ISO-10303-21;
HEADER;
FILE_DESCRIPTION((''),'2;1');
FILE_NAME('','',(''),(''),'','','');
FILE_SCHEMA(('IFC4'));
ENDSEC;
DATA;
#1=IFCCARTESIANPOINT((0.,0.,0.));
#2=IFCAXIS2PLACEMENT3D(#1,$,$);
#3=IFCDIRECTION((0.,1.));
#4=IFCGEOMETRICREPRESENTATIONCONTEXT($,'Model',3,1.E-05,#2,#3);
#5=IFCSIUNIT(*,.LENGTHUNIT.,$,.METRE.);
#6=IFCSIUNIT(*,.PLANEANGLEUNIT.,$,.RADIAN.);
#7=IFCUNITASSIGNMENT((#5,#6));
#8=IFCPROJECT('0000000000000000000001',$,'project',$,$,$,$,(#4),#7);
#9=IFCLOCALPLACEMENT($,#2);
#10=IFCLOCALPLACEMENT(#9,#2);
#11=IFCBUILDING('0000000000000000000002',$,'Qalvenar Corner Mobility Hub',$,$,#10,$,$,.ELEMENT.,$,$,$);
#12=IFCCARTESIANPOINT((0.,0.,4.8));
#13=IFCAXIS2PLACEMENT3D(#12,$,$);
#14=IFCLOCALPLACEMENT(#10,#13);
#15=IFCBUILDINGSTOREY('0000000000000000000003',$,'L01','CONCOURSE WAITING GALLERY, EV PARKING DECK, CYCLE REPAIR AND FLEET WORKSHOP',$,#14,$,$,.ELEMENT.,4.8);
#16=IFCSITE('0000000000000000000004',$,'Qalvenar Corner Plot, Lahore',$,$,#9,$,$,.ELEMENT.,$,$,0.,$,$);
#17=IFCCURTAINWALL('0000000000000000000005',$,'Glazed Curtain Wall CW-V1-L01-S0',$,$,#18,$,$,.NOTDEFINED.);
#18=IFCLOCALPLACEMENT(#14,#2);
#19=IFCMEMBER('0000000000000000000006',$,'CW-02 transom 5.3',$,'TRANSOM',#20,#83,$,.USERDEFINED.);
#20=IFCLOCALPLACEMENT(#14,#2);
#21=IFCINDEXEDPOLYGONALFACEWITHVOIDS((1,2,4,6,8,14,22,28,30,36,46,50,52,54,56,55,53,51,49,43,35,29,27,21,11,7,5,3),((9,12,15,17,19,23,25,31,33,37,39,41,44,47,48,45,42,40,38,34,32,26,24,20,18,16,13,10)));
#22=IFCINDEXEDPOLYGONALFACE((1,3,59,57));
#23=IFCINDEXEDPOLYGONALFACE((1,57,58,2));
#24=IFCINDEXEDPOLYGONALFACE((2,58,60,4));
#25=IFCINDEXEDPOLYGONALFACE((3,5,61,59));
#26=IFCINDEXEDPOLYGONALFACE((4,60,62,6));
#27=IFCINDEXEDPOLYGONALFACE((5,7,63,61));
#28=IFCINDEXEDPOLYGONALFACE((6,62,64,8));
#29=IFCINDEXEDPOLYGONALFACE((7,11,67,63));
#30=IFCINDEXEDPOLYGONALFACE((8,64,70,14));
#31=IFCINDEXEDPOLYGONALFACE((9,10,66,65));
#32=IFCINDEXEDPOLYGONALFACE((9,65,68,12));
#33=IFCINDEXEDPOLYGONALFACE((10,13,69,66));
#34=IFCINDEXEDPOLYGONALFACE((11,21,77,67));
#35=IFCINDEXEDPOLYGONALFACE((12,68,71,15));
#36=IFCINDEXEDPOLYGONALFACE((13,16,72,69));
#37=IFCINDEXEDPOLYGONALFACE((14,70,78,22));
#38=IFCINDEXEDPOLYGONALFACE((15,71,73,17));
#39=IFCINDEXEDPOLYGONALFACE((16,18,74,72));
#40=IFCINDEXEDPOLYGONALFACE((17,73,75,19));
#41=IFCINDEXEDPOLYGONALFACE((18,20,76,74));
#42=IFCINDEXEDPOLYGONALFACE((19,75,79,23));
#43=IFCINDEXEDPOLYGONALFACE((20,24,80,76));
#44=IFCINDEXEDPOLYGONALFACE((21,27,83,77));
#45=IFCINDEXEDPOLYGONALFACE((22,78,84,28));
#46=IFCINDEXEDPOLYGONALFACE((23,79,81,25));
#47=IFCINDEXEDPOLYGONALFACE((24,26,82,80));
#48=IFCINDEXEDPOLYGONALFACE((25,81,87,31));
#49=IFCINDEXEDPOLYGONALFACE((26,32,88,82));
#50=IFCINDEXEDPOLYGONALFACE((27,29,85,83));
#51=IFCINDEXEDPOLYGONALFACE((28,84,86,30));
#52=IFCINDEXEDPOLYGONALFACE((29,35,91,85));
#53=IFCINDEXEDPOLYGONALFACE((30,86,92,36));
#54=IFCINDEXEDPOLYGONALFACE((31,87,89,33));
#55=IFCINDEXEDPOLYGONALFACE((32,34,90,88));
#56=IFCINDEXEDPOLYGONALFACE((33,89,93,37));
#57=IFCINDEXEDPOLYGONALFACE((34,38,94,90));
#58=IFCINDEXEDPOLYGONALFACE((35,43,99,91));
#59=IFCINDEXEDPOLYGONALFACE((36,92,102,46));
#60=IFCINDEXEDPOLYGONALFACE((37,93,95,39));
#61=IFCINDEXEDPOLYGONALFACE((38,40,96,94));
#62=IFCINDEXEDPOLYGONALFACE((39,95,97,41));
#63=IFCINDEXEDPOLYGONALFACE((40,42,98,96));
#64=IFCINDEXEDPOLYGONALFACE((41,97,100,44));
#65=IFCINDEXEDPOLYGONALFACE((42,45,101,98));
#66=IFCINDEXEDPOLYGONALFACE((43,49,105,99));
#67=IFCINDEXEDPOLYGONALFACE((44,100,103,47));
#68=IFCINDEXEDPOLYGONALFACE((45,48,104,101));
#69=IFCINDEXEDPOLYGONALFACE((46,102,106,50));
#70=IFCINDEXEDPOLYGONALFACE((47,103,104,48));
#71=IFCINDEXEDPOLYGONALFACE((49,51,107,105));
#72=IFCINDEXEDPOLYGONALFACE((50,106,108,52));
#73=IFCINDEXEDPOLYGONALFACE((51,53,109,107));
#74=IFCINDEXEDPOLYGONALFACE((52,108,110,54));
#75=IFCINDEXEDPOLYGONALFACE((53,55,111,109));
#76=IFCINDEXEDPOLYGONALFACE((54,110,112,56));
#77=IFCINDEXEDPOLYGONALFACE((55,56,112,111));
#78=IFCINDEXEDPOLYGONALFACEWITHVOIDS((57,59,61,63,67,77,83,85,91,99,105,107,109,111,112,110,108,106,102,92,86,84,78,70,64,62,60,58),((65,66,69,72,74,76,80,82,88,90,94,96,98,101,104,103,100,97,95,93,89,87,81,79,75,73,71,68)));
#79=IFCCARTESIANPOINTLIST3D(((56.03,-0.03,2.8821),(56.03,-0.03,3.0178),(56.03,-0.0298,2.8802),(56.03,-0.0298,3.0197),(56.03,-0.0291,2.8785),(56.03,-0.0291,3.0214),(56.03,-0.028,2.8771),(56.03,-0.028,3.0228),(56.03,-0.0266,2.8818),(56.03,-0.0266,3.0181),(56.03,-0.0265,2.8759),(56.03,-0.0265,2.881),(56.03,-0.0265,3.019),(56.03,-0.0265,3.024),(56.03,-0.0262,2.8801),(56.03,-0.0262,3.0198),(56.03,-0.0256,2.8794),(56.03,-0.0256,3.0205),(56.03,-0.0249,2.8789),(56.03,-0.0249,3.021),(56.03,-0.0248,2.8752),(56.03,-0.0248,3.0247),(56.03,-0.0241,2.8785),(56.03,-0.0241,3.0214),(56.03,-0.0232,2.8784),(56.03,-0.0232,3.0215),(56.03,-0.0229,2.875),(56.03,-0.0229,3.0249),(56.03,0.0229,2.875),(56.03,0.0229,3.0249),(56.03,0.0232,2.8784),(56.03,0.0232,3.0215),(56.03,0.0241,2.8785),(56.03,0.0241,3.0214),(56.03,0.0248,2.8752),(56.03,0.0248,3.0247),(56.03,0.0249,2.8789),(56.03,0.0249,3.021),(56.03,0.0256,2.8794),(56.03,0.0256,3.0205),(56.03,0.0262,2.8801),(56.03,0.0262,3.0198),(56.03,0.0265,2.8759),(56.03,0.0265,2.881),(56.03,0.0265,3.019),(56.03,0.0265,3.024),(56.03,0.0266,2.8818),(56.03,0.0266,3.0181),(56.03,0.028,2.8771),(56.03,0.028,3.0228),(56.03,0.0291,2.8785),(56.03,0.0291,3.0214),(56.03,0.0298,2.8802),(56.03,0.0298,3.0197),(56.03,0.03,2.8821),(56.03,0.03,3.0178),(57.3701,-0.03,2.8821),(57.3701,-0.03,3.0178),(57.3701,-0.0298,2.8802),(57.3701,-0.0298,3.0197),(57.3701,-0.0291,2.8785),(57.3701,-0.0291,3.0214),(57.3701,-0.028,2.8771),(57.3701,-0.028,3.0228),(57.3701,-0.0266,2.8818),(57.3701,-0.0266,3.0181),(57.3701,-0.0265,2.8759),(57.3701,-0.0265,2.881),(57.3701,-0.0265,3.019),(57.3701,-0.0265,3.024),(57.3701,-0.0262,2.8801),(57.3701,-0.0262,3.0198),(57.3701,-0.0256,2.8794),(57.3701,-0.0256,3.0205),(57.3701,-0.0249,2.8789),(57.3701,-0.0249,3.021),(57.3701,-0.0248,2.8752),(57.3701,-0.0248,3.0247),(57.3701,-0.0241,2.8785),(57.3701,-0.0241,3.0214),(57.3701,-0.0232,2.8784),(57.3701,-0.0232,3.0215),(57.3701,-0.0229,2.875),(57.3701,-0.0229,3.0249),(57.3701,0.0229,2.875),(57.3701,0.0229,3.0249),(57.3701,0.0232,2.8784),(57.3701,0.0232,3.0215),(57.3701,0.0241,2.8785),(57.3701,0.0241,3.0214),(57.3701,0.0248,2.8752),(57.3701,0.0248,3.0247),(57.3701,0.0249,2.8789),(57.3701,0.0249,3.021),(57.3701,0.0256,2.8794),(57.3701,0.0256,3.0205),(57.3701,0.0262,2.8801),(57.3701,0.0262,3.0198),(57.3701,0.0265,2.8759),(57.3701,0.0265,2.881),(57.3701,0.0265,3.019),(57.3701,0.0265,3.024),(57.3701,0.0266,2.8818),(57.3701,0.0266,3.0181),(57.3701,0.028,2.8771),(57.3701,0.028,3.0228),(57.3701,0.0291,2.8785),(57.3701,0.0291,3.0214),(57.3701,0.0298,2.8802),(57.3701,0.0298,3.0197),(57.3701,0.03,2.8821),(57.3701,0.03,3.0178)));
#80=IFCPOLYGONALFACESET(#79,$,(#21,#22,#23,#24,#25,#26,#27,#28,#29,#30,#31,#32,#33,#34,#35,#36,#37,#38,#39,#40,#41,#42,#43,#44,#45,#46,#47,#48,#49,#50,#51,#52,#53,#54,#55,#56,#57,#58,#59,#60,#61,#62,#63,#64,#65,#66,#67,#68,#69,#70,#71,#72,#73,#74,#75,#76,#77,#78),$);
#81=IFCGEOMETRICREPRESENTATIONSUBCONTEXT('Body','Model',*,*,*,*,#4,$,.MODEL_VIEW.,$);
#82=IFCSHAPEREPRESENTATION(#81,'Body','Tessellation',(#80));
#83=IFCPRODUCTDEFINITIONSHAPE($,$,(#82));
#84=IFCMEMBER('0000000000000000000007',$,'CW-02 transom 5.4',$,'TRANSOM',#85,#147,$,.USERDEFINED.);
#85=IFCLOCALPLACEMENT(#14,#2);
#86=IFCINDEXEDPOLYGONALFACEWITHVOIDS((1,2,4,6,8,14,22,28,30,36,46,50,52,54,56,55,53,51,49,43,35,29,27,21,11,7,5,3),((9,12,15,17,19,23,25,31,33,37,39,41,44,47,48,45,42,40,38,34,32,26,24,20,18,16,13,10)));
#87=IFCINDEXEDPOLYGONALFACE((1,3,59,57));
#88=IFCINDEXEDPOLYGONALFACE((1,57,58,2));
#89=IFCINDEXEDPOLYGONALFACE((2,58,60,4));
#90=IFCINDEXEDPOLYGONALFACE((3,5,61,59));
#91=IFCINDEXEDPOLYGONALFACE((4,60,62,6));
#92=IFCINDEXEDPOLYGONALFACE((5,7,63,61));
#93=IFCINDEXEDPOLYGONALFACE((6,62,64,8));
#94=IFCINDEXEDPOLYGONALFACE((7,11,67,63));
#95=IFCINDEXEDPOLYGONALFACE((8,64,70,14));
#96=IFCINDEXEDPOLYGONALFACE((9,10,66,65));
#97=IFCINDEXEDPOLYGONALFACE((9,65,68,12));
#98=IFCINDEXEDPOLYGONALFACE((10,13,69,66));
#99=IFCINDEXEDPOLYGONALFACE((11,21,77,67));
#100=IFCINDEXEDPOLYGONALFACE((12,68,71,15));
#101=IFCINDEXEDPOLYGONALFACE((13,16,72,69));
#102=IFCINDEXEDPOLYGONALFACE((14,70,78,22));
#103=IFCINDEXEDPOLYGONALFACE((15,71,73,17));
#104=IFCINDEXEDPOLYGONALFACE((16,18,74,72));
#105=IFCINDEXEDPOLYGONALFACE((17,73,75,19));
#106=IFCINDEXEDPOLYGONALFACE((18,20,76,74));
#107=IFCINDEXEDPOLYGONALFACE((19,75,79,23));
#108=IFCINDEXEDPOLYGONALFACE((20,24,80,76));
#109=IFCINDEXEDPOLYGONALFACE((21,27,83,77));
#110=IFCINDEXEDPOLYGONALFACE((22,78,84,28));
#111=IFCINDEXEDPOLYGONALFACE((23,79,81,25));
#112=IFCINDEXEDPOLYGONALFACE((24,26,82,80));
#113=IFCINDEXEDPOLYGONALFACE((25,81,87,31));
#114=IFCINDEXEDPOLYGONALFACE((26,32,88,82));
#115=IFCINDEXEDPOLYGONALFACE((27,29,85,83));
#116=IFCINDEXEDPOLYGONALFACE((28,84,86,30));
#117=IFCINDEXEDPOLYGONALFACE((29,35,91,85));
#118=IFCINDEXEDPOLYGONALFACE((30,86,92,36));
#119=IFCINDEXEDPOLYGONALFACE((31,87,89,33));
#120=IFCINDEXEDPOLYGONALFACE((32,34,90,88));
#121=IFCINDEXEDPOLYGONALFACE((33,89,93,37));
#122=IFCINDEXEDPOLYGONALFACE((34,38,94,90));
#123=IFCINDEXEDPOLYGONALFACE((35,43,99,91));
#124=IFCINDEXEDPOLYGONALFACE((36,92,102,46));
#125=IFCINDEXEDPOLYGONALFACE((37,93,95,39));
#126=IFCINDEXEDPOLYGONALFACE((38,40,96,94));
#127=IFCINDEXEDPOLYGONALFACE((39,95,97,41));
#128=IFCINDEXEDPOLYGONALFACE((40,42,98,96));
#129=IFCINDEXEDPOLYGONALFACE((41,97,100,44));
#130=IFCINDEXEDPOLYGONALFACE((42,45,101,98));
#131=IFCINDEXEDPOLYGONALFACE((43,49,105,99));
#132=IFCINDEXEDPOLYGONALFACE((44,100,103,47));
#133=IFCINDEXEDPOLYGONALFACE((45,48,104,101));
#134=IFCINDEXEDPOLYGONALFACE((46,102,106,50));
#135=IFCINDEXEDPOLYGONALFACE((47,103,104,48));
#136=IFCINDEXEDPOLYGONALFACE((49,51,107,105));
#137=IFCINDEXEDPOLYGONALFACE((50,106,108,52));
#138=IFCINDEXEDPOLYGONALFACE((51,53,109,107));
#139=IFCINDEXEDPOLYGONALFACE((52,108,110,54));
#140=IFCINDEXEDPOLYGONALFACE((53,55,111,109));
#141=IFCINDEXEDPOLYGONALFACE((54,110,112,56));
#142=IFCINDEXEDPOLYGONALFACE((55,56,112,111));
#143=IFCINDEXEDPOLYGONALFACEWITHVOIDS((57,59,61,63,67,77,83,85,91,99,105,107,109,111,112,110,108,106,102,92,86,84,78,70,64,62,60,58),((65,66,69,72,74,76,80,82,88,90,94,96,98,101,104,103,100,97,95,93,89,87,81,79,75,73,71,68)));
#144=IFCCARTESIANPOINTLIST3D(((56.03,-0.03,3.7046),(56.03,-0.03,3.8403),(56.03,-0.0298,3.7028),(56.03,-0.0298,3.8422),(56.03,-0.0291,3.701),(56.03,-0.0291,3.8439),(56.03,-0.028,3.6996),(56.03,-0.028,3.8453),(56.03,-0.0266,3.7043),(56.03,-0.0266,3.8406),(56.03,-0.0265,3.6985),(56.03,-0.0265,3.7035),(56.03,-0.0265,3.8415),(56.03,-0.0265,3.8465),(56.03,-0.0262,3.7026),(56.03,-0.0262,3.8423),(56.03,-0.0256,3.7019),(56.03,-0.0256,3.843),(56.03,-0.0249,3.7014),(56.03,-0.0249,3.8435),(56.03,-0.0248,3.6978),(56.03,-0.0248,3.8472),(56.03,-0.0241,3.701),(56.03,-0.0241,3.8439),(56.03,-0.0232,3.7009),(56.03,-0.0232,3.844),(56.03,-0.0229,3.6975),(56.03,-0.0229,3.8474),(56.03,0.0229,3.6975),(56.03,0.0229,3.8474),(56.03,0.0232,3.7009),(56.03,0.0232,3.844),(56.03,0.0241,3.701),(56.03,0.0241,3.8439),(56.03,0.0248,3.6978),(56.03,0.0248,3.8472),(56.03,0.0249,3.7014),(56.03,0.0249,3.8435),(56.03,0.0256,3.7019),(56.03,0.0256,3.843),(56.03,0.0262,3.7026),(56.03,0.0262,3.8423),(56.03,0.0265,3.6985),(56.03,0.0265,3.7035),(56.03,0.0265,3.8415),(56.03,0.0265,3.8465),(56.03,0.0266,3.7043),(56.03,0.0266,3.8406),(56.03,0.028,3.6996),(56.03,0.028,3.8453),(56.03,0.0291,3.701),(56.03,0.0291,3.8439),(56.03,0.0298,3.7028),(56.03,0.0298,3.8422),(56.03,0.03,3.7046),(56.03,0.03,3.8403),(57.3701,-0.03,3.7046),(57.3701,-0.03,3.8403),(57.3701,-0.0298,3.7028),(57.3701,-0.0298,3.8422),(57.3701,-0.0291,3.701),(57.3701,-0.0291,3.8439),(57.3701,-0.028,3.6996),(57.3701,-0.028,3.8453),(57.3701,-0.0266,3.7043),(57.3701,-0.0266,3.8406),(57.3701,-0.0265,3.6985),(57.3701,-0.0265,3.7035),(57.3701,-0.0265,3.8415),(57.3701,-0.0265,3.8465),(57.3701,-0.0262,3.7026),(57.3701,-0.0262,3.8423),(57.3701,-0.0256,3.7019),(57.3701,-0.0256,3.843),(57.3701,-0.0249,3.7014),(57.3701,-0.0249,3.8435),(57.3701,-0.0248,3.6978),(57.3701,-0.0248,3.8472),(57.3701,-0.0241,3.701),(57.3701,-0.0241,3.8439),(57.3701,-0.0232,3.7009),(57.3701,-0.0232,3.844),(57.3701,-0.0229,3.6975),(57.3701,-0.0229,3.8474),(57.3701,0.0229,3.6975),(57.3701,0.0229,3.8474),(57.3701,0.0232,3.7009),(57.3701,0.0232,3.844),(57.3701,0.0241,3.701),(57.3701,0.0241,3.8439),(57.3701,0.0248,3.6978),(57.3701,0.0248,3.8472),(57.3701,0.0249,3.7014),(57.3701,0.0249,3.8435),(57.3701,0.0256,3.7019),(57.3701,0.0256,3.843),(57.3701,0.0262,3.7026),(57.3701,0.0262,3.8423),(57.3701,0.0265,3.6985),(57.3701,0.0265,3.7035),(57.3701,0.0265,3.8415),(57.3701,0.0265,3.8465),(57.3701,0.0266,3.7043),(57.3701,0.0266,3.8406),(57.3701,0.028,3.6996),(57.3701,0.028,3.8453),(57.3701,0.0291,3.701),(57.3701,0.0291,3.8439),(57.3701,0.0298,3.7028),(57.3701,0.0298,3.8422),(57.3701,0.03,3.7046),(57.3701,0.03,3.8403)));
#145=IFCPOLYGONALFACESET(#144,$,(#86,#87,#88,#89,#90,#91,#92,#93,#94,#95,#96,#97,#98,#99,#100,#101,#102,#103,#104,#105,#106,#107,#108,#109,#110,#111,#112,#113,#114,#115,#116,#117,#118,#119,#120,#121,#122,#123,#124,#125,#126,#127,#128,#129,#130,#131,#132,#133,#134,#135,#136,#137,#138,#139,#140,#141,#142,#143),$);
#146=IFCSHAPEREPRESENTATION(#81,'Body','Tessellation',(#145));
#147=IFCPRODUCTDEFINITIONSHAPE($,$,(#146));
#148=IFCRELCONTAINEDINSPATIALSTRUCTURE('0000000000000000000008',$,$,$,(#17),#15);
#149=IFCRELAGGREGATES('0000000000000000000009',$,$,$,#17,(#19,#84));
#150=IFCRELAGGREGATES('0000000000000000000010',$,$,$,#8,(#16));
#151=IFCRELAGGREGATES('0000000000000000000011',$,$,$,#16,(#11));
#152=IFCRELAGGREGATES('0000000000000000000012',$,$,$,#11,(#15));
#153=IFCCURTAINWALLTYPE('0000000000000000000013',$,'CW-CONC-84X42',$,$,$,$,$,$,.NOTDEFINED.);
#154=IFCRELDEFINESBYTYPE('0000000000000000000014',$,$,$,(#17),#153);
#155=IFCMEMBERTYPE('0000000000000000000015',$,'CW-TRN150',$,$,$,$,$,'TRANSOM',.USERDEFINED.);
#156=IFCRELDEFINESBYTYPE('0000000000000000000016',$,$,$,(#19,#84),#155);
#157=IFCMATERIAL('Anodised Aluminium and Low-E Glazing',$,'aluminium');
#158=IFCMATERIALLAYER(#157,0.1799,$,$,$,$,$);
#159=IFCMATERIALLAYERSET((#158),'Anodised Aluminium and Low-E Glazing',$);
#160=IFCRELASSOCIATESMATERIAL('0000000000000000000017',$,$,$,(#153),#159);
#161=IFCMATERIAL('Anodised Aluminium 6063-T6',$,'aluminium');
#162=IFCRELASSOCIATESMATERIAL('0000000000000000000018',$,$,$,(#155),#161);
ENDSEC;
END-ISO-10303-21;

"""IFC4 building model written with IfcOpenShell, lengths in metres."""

from ifc_helpers import new_model, si_unit, direction, frame, origin, origin_2d, place, context, subcontext, project, spatial, hollow_rectangle, extrude, material, layer, layer_set, material_profile, profile_set, type_object, element, aggregate, save


model = new_model("IFC4")

# Units and contexts
model_context = context("Model", 3, precision=1e-05, world=origin(), true_north=direction((0.0, 1.0)))
body_context = subcontext(model_context, "Body", "Model", "MODEL_VIEW")
ifc_project = project(units=[si_unit("LENGTHUNIT", "METRE"), si_unit("PLANEANGLEUNIT", "RADIAN")], contexts=[model_context])

# Site, building, storey
site_placement = place(None, origin())
site = spatial("IfcSite", under=ifc_project, at=site_placement, Name="Qalvenar Corner Plot, Lahore", CompositionType="ELEMENT", RefElevation=0.0)
building_placement = place(site_placement, origin())
building = spatial("IfcBuilding", under=site, at=building_placement, Name="Qalvenar Corner Mobility Hub", CompositionType="ELEMENT")
storey_placement = place(building_placement, frame((0.0, 0.0, 4.8)))
storey = spatial("IfcBuildingStorey", under=building, at=storey_placement, Name="L01", Description="CONCOURSE WAITING GALLERY, EV PARKING DECK, CYCLE REPAIR AND FLEET WORKSHOP", CompositionType="ELEMENT", Elevation=4.8)

# Curtain wall, members
ifc_material_1 = material(Name="Anodised Aluminium and Low-E Glazing", Category="aluminium")
ifc_layer_1 = layer(ifc_material_1, 0.1799)
ifc_layer_set_1 = layer_set([ifc_layer_1], Name="Anodised Aluminium and Low-E Glazing")
curtain_wall_type = type_object("IfcCurtainWallType", Name="CW-CONC-84X42", PredefinedType="NOTDEFINED", material=ifc_layer_set_1)
curtain_wall_placement = place(storey_placement, origin())
curtain_wall = element("IfcCurtainWall", 1, at=curtain_wall_placement, inside=storey, type_object=curtain_wall_type, Name="Glazed Curtain Wall CW-V1-L01-S0", PredefinedType="NOTDEFINED")
ifc_material_2 = material(Name="Anodised Aluminium 6063-T6", Category="aluminium")
ifc_material_profile_1 = material_profile(ifc_material_2, hollow_rectangle(XDim=0.0601, YDim=0.1499, WallThickness=0.0034, InnerFilletRadius=0.0034, OuterFilletRadius=0.0071, at=origin_2d()), Name="RHS150x60x3.5")
ifc_profile_set_1 = profile_set([ifc_material_profile_1], Name="Anodised Aluminium 6063-T6")
member_type_1 = type_object("IfcMemberType", Name="CW-TRN150", ElementType="TRANSOM", PredefinedType="USERDEFINED", material=ifc_profile_set_1)
member_1_placement = place(storey_placement, frame((56.03, 0.0, 2.95), z_axis=(1.0, 0.0, 0.0), x_axis=(0.0, 1.0, 0.0)))
member_1 = element("IfcMember", 2, at=member_1_placement, type_object=member_type_1, Name="CW-02 transom 5.3", ObjectType="TRANSOM", PredefinedType="USERDEFINED", context=body_context, shape_type="SweptSolid", body=[
    extrude(hollow_rectangle(XDim=0.0601, YDim=0.1499, WallThickness=0.0034, InnerFilletRadius=0.0034, OuterFilletRadius=0.0071, at=origin_2d()), origin(), (0.0, 0.0, 1.0), 1.3401),
])
member_2_placement = place(storey_placement, frame((56.03, 0.0, 3.7725), z_axis=(1.0, 0.0, 0.0), x_axis=(0.0, 1.0, 0.0)))
member_2 = element("IfcMember", 3, at=member_2_placement, type_object=member_type_1, Name="CW-02 transom 5.4", ObjectType="TRANSOM", PredefinedType="USERDEFINED", context=body_context, shape_type="SweptSolid", body=[
    extrude(hollow_rectangle(XDim=0.0601, YDim=0.1499, WallThickness=0.0034, InnerFilletRadius=0.0034, OuterFilletRadius=0.0071, at=origin_2d()), origin(), (0.0, 0.0, 1.0), 1.3401),
])
aggregate(curtain_wall, [member_1, member_2])

save(model, "model.ifc")
